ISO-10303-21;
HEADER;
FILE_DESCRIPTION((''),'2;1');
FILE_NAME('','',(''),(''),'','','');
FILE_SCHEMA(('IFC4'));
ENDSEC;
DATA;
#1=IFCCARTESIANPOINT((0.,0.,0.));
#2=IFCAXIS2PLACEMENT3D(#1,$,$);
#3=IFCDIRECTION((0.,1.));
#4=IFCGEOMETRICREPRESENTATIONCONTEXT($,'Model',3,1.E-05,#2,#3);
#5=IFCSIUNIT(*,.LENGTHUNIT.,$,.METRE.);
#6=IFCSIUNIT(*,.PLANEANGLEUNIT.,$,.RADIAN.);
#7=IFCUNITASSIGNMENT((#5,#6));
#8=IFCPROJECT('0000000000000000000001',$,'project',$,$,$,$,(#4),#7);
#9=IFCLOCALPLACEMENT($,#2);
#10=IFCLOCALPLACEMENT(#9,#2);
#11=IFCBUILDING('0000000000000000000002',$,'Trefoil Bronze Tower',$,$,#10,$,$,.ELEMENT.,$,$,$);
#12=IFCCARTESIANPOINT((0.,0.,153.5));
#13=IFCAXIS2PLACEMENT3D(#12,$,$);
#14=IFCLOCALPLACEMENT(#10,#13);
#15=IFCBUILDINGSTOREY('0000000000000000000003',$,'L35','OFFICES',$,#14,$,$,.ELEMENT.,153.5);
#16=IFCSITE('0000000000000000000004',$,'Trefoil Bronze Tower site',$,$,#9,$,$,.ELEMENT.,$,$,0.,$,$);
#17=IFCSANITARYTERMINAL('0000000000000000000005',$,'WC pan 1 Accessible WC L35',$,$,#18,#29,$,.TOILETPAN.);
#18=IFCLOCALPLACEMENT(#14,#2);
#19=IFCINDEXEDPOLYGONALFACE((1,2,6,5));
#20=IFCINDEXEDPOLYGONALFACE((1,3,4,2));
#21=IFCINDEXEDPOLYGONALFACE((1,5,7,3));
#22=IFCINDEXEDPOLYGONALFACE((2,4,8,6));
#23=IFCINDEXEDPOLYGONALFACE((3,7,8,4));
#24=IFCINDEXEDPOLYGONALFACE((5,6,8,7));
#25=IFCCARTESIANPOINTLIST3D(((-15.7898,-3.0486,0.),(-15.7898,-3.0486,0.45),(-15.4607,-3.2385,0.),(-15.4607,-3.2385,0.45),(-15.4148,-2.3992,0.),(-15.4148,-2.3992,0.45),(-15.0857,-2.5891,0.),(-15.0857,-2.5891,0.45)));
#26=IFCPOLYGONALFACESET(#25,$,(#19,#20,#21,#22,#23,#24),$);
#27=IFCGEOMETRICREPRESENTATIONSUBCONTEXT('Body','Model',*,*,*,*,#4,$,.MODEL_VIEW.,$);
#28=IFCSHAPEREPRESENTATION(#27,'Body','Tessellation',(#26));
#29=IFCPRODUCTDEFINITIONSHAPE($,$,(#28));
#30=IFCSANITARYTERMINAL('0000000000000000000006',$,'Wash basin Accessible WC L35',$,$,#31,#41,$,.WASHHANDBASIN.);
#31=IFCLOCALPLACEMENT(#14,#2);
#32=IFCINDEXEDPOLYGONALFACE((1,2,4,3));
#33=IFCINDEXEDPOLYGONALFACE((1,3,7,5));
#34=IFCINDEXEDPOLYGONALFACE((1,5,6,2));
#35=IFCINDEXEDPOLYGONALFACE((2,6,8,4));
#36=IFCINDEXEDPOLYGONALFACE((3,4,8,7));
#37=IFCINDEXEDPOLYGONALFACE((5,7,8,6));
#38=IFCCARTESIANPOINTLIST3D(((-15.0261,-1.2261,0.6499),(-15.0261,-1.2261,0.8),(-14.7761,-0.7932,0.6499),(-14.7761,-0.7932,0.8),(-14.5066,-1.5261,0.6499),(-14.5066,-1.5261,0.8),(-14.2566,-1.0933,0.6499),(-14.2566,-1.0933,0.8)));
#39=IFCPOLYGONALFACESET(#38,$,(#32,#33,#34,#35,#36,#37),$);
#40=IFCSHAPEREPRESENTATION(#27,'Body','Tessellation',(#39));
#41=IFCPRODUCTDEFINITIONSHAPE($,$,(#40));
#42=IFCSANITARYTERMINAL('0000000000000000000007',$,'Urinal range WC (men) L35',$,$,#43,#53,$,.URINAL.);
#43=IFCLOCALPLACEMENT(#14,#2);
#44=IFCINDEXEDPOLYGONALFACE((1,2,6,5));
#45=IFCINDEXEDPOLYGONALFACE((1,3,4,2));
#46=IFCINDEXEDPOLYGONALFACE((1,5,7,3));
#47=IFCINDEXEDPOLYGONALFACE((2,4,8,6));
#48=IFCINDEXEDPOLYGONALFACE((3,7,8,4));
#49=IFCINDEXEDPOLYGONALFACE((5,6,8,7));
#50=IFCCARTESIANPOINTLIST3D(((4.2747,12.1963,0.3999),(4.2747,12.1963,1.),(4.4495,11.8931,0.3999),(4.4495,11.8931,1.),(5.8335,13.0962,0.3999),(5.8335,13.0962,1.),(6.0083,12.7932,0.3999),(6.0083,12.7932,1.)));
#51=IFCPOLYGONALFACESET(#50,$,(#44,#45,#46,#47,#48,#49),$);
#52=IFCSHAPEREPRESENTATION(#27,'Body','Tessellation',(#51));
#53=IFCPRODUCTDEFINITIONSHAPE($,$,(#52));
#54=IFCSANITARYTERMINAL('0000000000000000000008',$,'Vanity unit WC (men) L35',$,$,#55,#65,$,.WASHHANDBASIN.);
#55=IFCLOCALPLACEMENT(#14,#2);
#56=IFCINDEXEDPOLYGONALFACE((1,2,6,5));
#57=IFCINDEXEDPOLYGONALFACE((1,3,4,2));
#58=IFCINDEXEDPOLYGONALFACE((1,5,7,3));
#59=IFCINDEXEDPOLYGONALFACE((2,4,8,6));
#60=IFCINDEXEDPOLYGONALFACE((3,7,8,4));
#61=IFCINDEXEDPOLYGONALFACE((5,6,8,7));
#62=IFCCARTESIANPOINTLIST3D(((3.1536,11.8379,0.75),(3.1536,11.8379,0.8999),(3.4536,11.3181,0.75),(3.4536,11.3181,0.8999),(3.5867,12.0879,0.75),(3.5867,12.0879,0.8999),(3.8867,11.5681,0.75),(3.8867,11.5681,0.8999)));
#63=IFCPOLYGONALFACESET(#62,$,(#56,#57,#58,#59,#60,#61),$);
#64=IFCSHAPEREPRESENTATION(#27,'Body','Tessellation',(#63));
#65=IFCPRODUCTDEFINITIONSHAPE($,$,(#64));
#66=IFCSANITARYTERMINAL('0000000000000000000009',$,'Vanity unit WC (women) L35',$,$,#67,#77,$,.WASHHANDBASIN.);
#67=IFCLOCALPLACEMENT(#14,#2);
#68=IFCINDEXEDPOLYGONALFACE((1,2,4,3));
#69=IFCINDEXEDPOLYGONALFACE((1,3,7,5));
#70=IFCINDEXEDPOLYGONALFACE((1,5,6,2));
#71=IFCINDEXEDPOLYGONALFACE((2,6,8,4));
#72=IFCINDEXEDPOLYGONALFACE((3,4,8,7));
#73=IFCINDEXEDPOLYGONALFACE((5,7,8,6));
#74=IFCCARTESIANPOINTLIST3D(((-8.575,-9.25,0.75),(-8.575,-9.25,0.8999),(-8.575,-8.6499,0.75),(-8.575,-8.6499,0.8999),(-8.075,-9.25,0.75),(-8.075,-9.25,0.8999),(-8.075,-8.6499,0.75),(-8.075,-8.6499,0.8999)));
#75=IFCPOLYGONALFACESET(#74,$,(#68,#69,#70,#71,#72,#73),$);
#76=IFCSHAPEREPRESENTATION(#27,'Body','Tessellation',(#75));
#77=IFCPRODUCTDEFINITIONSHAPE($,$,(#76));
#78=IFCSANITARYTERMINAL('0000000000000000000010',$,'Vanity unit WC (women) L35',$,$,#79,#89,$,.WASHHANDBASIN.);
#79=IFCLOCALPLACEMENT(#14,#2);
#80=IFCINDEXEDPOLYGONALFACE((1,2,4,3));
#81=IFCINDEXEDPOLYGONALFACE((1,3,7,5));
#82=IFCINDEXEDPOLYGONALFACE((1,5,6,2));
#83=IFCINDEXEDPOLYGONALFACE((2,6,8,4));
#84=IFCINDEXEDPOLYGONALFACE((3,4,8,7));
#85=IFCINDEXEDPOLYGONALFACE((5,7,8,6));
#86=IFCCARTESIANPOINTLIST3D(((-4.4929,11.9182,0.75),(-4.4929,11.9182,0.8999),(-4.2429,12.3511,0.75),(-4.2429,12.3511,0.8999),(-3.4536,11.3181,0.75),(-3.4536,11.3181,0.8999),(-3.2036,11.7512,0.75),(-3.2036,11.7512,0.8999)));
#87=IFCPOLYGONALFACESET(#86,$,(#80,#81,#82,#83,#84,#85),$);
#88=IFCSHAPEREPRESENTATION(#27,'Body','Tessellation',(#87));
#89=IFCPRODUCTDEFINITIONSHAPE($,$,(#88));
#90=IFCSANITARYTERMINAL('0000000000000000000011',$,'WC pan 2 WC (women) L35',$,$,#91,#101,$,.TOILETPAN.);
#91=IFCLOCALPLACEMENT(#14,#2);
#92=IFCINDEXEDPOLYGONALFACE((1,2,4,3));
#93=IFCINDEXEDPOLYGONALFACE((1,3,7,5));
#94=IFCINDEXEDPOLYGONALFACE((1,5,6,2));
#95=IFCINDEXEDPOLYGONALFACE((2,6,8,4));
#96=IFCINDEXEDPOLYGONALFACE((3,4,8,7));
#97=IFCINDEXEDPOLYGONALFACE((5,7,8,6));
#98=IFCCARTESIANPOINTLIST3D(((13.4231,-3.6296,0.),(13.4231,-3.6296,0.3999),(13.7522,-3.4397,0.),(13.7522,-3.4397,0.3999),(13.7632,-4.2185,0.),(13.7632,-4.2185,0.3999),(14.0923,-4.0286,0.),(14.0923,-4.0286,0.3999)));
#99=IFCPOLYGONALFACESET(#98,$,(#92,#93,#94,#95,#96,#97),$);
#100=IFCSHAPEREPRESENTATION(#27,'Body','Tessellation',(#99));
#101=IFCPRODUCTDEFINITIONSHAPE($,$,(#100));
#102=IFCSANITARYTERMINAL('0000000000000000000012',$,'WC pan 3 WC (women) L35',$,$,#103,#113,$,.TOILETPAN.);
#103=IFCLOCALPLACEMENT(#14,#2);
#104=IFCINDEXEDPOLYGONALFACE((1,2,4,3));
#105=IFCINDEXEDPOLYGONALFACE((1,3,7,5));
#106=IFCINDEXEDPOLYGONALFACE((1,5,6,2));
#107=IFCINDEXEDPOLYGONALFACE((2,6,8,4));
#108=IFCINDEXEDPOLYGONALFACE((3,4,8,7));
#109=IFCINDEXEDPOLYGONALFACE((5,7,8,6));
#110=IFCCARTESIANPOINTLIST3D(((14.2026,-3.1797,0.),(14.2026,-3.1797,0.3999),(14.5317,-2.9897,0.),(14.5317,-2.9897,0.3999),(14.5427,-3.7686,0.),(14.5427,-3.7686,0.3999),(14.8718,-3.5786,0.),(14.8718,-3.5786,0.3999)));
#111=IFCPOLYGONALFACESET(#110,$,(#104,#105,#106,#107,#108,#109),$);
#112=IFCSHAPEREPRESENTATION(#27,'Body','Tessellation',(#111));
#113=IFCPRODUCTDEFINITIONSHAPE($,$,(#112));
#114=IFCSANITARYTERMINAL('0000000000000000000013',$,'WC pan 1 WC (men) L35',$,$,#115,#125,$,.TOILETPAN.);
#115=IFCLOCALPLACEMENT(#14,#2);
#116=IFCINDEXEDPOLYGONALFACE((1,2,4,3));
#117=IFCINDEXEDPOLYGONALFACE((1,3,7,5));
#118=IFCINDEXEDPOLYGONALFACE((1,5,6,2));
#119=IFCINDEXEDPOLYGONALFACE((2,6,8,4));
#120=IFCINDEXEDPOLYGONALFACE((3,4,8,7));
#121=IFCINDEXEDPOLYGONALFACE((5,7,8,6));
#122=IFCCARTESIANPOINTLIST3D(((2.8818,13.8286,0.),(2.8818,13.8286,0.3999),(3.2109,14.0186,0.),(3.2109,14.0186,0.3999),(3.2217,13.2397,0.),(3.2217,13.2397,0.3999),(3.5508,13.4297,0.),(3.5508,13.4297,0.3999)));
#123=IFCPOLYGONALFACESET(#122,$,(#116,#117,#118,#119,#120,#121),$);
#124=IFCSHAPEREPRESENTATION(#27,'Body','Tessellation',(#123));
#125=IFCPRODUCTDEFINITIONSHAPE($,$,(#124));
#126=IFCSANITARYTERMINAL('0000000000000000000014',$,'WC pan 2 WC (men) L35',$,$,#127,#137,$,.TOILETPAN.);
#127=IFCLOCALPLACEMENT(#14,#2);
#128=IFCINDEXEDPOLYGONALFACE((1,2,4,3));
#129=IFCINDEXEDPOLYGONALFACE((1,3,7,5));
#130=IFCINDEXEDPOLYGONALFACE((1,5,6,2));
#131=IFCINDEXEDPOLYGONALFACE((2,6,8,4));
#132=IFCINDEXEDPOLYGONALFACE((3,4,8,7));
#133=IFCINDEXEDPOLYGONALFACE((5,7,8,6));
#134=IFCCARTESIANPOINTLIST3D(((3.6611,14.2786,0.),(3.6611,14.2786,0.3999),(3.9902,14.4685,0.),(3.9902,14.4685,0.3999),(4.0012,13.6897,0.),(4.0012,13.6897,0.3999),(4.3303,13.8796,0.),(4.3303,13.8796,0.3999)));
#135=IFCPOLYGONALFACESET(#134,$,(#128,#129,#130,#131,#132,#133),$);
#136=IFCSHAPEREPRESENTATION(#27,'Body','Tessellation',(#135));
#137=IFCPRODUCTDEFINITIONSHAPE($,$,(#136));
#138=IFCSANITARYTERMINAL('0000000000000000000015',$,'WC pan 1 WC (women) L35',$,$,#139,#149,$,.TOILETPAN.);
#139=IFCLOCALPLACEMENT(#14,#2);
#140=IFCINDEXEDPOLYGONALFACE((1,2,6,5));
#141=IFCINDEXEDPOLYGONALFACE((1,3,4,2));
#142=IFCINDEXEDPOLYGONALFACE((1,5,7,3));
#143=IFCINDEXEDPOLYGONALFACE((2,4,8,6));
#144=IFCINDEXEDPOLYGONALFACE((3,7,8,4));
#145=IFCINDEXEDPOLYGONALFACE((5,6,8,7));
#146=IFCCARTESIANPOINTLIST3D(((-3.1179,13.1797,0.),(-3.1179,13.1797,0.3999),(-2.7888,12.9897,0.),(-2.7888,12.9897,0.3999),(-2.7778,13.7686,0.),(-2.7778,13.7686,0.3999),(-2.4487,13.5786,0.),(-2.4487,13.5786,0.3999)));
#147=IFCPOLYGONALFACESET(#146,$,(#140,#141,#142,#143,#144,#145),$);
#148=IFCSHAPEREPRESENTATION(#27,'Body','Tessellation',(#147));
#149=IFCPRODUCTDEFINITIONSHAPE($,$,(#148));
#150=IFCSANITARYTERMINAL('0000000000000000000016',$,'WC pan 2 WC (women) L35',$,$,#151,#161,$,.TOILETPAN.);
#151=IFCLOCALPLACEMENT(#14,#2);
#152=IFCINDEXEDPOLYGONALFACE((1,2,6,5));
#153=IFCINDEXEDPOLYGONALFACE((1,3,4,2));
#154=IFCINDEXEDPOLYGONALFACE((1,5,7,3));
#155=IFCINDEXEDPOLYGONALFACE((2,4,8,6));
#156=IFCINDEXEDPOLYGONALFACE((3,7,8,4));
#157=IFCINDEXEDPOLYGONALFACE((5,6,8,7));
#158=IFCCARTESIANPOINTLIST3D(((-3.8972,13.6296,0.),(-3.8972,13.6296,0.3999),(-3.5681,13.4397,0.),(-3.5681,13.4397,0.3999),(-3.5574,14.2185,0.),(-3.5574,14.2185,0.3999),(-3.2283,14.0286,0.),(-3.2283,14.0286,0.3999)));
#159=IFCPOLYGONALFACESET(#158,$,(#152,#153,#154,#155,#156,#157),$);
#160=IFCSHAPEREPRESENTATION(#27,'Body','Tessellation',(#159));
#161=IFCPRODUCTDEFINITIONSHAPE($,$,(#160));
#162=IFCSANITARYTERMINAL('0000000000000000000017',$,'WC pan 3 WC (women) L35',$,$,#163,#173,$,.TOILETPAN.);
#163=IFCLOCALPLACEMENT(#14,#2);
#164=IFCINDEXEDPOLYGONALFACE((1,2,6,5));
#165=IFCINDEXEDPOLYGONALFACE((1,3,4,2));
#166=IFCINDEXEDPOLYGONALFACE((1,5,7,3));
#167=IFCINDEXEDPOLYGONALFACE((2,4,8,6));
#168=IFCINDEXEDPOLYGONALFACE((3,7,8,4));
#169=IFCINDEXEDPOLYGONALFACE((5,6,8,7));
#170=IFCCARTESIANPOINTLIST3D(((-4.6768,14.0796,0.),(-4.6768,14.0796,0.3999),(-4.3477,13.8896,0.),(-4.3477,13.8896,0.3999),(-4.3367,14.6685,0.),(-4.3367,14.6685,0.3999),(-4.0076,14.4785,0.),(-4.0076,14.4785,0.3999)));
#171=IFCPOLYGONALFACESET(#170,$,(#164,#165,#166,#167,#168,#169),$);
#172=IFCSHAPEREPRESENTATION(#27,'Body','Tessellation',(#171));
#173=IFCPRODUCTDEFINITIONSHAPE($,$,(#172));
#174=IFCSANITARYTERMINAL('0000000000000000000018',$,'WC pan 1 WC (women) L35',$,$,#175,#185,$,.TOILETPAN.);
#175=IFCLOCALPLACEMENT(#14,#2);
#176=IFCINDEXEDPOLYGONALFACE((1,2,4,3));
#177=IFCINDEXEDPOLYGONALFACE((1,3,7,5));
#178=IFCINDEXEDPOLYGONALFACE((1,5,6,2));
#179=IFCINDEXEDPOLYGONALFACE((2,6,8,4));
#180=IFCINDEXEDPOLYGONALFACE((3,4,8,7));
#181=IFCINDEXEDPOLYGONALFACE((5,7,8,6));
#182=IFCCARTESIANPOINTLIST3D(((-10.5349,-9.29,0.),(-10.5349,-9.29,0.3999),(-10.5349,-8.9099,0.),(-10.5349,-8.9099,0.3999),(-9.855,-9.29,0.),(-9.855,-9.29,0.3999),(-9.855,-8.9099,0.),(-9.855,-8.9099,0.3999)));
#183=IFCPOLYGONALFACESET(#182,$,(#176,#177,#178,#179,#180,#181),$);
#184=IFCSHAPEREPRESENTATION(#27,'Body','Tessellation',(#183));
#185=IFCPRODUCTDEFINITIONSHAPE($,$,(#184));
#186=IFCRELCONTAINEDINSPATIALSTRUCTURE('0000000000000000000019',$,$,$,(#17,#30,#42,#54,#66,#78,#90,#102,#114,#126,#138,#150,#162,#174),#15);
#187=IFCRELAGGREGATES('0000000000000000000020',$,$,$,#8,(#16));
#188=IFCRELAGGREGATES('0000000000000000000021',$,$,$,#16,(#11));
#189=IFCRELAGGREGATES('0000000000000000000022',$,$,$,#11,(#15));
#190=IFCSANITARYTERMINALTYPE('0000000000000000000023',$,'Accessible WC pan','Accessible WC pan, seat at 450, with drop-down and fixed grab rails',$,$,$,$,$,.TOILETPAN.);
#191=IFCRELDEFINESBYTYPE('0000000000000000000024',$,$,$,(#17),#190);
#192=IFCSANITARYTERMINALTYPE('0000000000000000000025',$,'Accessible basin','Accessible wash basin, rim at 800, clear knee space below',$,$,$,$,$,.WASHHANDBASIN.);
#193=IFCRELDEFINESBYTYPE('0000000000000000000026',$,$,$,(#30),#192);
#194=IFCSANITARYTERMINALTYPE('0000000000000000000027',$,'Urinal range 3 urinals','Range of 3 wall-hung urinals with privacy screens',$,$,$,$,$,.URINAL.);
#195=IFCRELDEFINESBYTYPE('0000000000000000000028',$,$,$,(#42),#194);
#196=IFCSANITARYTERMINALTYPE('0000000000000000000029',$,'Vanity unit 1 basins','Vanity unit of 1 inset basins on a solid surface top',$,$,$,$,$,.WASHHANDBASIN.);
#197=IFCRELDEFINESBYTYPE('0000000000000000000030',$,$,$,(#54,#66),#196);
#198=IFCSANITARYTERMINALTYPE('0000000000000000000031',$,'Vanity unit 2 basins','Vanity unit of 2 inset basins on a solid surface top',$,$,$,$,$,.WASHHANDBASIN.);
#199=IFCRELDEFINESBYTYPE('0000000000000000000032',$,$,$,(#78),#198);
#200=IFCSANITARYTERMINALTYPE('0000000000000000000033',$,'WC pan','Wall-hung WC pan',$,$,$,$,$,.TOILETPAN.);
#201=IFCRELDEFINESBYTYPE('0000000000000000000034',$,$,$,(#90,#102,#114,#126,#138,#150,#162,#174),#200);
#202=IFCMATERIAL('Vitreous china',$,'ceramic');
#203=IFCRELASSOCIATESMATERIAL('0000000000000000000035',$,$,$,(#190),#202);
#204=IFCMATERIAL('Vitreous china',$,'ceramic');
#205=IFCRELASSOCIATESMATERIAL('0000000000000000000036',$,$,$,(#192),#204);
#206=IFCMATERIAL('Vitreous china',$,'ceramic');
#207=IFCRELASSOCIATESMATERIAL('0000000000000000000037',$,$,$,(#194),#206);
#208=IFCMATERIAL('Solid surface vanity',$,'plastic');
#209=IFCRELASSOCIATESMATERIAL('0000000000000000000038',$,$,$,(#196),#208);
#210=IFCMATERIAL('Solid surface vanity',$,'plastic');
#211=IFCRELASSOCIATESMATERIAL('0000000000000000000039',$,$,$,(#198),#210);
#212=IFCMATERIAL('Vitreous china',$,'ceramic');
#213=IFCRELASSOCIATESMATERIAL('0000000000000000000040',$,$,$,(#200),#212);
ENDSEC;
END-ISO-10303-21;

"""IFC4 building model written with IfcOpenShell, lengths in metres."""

from ifc_helpers import new_model, si_unit, direction, frame, origin, place, context, subcontext, project, spatial, polyline, outline, extrude, material, type_object, element, save


model = new_model("IFC4")

# Units and contexts
model_context = context("Model", 3, precision=1e-05, world=origin(), true_north=direction((0.0, 1.0)))
body_context = subcontext(model_context, "Body", "Model", "MODEL_VIEW")
ifc_project = project(units=[si_unit("LENGTHUNIT", "METRE"), si_unit("PLANEANGLEUNIT", "RADIAN")], contexts=[model_context])

# Site, building, storey
site_placement = place(None, origin())
site = spatial("IfcSite", under=ifc_project, at=site_placement, Name="Trefoil Bronze Tower site", CompositionType="ELEMENT", RefElevation=0.0)
building_placement = place(site_placement, origin())
building = spatial("IfcBuilding", under=site, at=building_placement, Name="Trefoil Bronze Tower", CompositionType="ELEMENT")
storey_placement = place(building_placement, frame((0.0, 0.0, 153.5)))
storey = spatial("IfcBuildingStorey", under=building, at=storey_placement, Name="L35", Description="OFFICES", CompositionType="ELEMENT", Elevation=153.5)

# Sanitary terminals
ifc_material_1 = material(Name="Vitreous china", Category="ceramic")
sanitary_terminal_type_1 = type_object("IfcSanitaryTerminalType", Name="Accessible WC pan", Description="Accessible WC pan, seat at 450, with drop-down and fixed grab rails", PredefinedType="TOILETPAN", material=ifc_material_1)
sanitary_terminal_1_placement = place(storey_placement, origin())
element("IfcSanitaryTerminal", 1, at=sanitary_terminal_1_placement, inside=storey, type_object=sanitary_terminal_type_1, Name="WC pan 1 Accessible WC L35", PredefinedType="TOILETPAN", context=body_context, shape_type="SweptSolid", body=[
    extrude(outline(polyline([(-15.0857, -2.5891), (-15.4607, -3.2385), (-15.7898, -3.0486), (-15.4148, -2.3992), (-15.0857, -2.5891)])), origin(), (0.0, 0.0, 1.0), 0.45),
])
ifc_material_2 = material(Name="Vitreous china", Category="ceramic")
sanitary_terminal_type_2 = type_object("IfcSanitaryTerminalType", Name="Accessible basin", Description="Accessible wash basin, rim at 800, clear knee space below", PredefinedType="WASHHANDBASIN", material=ifc_material_2)
sanitary_terminal_2_placement = place(storey_placement, frame((0.0, 0.0, 0.6499)))
element("IfcSanitaryTerminal", 2, at=sanitary_terminal_2_placement, inside=storey, type_object=sanitary_terminal_type_2, Name="Wash basin Accessible WC L35", PredefinedType="WASHHANDBASIN", context=body_context, shape_type="SweptSolid", body=[
    extrude(outline(polyline([(-14.2566, -1.0933), (-14.5066, -1.5261), (-15.0261, -1.2261), (-14.7761, -0.7932), (-14.2566, -1.0933)])), origin(), (0.0, 0.0, 1.0), 0.1501),
])
ifc_material_3 = material(Name="Vitreous china", Category="ceramic")
sanitary_terminal_type_3 = type_object("IfcSanitaryTerminalType", Name="Urinal range 3 urinals", Description="Range of 3 wall-hung urinals with privacy screens", PredefinedType="URINAL", material=ifc_material_3)
sanitary_terminal_3_placement = place(storey_placement, frame((0.0, 0.0, 0.3999)))
element("IfcSanitaryTerminal", 3, at=sanitary_terminal_3_placement, inside=storey, type_object=sanitary_terminal_type_3, Name="Urinal range WC (men) L35", PredefinedType="URINAL", context=body_context, shape_type="SweptSolid", body=[
    extrude(outline(polyline([(4.4495, 11.8931), (4.2747, 12.1963), (5.8335, 13.0962), (6.0083, 12.7932), (4.4495, 11.8931)])), origin(), (0.0, 0.0, 1.0), 0.6001),
])
ifc_material_4 = material(Name="Solid surface vanity", Category="plastic")
sanitary_terminal_type_4 = type_object("IfcSanitaryTerminalType", Name="Vanity unit 1 basins", Description="Vanity unit of 1 inset basins on a solid surface top", PredefinedType="WASHHANDBASIN", material=ifc_material_4)
sanitary_terminal_4_placement = place(storey_placement, frame((0.0, 0.0, 0.75)))
element("IfcSanitaryTerminal", 4, at=sanitary_terminal_4_placement, inside=storey, type_object=sanitary_terminal_type_4, Name="Vanity unit WC (men) L35", PredefinedType="WASHHANDBASIN", context=body_context, shape_type="SweptSolid", body=[
    extrude(outline(polyline([(3.4536, 11.3181), (3.1536, 11.8379), (3.5867, 12.0879), (3.8867, 11.5681), (3.4536, 11.3181)])), origin(), (0.0, 0.0, 1.0), 0.1499),
])
sanitary_terminal_5_placement = place(storey_placement, frame((0.0, 0.0, 0.75)))
element("IfcSanitaryTerminal", 5, at=sanitary_terminal_5_placement, inside=storey, type_object=sanitary_terminal_type_4, Name="Vanity unit WC (women) L35", PredefinedType="WASHHANDBASIN", context=body_context, shape_type="SweptSolid", body=[
    extrude(outline(polyline([(-8.075, -8.6499), (-8.575, -8.6499), (-8.575, -9.25), (-8.075, -9.25), (-8.075, -8.6499)])), origin(), (0.0, 0.0, 1.0), 0.1499),
])
ifc_material_5 = material(Name="Solid surface vanity", Category="plastic")
sanitary_terminal_type_5 = type_object("IfcSanitaryTerminalType", Name="Vanity unit 2 basins", Description="Vanity unit of 2 inset basins on a solid surface top", PredefinedType="WASHHANDBASIN", material=ifc_material_5)
sanitary_terminal_6_placement = place(storey_placement, frame((0.0, 0.0, 0.75)))
element("IfcSanitaryTerminal", 6, at=sanitary_terminal_6_placement, inside=storey, type_object=sanitary_terminal_type_5, Name="Vanity unit WC (women) L35", PredefinedType="WASHHANDBASIN", context=body_context, shape_type="SweptSolid", body=[
    extrude(outline(polyline([(-3.4536, 11.3181), (-3.2036, 11.7512), (-4.2429, 12.3511), (-4.4929, 11.9182), (-3.4536, 11.3181)])), origin(), (0.0, 0.0, 1.0), 0.1499),
])
ifc_material_6 = material(Name="Vitreous china", Category="ceramic")
sanitary_terminal_type_6 = type_object("IfcSanitaryTerminalType", Name="WC pan", Description="Wall-hung WC pan", PredefinedType="TOILETPAN", material=ifc_material_6)
sanitary_terminal_7_placement = place(storey_placement, origin())
element("IfcSanitaryTerminal", 7, at=sanitary_terminal_7_placement, inside=storey, type_object=sanitary_terminal_type_6, Name="WC pan 2 WC (women) L35", PredefinedType="TOILETPAN", context=body_context, shape_type="SweptSolid", body=[
    extrude(outline(polyline([(13.4231, -3.6296), (13.7632, -4.2185), (14.0923, -4.0286), (13.7522, -3.4397), (13.4231, -3.6296)])), origin(), (0.0, 0.0, 1.0), 0.3999),
])
sanitary_terminal_8_placement = place(storey_placement, origin())
element("IfcSanitaryTerminal", 8, at=sanitary_terminal_8_placement, inside=storey, type_object=sanitary_terminal_type_6, Name="WC pan 3 WC (women) L35", PredefinedType="TOILETPAN", context=body_context, shape_type="SweptSolid", body=[
    extrude(outline(polyline([(14.2026, -3.1797), (14.5427, -3.7686), (14.8718, -3.5786), (14.5317, -2.9897), (14.2026, -3.1797)])), origin(), (0.0, 0.0, 1.0), 0.3999),
])
sanitary_terminal_9_placement = place(storey_placement, origin())
element("IfcSanitaryTerminal", 9, at=sanitary_terminal_9_placement, inside=storey, type_object=sanitary_terminal_type_6, Name="WC pan 1 WC (men) L35", PredefinedType="TOILETPAN", context=body_context, shape_type="SweptSolid", body=[
    extrude(outline(polyline([(3.2217, 13.2397), (2.8818, 13.8286), (3.2109, 14.0186), (3.5508, 13.4297), (3.2217, 13.2397)])), origin(), (0.0, 0.0, 1.0), 0.3999),
])
sanitary_terminal_10_placement = place(storey_placement, origin())
element("IfcSanitaryTerminal", 10, at=sanitary_terminal_10_placement, inside=storey, type_object=sanitary_terminal_type_6, Name="WC pan 2 WC (men) L35", PredefinedType="TOILETPAN", context=body_context, shape_type="SweptSolid", body=[
    extrude(outline(polyline([(4.0012, 13.6897), (3.6611, 14.2786), (3.9902, 14.4685), (4.3303, 13.8796), (4.0012, 13.6897)])), origin(), (0.0, 0.0, 1.0), 0.3999),
])
sanitary_terminal_11_placement = place(storey_placement, origin())
element("IfcSanitaryTerminal", 11, at=sanitary_terminal_11_placement, inside=storey, type_object=sanitary_terminal_type_6, Name="WC pan 1 WC (women) L35", PredefinedType="TOILETPAN", context=body_context, shape_type="SweptSolid", body=[
    extrude(outline(polyline([(-2.7888, 12.9897), (-2.4487, 13.5786), (-2.7778, 13.7686), (-3.1179, 13.1797), (-2.7888, 12.9897)])), origin(), (0.0, 0.0, 1.0), 0.3999),
])
sanitary_terminal_12_placement = place(storey_placement, origin())
element("IfcSanitaryTerminal", 12, at=sanitary_terminal_12_placement, inside=storey, type_object=sanitary_terminal_type_6, Name="WC pan 2 WC (women) L35", PredefinedType="TOILETPAN", context=body_context, shape_type="SweptSolid", body=[
    extrude(outline(polyline([(-3.5681, 13.4397), (-3.2283, 14.0286), (-3.5574, 14.2185), (-3.8972, 13.6296), (-3.5681, 13.4397)])), origin(), (0.0, 0.0, 1.0), 0.3999),
])
sanitary_terminal_13_placement = place(storey_placement, origin())
element("IfcSanitaryTerminal", 13, at=sanitary_terminal_13_placement, inside=storey, type_object=sanitary_terminal_type_6, Name="WC pan 3 WC (women) L35", PredefinedType="TOILETPAN", context=body_context, shape_type="SweptSolid", body=[
    extrude(outline(polyline([(-4.3477, 13.8896), (-4.0076, 14.4785), (-4.3367, 14.6685), (-4.6768, 14.0796), (-4.3477, 13.8896)])), origin(), (0.0, 0.0, 1.0), 0.3999),
])
sanitary_terminal_14_placement = place(storey_placement, origin())
element("IfcSanitaryTerminal", 14, at=sanitary_terminal_14_placement, inside=storey, type_object=sanitary_terminal_type_6, Name="WC pan 1 WC (women) L35", PredefinedType="TOILETPAN", context=body_context, shape_type="SweptSolid", body=[
    extrude(outline(polyline([(-9.855, -8.9099), (-10.5349, -8.9099), (-10.5349, -9.29), (-9.855, -9.29), (-9.855, -8.9099)])), origin(), (0.0, 0.0, 1.0), 0.3999),
])

save(model, "model.ifc")
